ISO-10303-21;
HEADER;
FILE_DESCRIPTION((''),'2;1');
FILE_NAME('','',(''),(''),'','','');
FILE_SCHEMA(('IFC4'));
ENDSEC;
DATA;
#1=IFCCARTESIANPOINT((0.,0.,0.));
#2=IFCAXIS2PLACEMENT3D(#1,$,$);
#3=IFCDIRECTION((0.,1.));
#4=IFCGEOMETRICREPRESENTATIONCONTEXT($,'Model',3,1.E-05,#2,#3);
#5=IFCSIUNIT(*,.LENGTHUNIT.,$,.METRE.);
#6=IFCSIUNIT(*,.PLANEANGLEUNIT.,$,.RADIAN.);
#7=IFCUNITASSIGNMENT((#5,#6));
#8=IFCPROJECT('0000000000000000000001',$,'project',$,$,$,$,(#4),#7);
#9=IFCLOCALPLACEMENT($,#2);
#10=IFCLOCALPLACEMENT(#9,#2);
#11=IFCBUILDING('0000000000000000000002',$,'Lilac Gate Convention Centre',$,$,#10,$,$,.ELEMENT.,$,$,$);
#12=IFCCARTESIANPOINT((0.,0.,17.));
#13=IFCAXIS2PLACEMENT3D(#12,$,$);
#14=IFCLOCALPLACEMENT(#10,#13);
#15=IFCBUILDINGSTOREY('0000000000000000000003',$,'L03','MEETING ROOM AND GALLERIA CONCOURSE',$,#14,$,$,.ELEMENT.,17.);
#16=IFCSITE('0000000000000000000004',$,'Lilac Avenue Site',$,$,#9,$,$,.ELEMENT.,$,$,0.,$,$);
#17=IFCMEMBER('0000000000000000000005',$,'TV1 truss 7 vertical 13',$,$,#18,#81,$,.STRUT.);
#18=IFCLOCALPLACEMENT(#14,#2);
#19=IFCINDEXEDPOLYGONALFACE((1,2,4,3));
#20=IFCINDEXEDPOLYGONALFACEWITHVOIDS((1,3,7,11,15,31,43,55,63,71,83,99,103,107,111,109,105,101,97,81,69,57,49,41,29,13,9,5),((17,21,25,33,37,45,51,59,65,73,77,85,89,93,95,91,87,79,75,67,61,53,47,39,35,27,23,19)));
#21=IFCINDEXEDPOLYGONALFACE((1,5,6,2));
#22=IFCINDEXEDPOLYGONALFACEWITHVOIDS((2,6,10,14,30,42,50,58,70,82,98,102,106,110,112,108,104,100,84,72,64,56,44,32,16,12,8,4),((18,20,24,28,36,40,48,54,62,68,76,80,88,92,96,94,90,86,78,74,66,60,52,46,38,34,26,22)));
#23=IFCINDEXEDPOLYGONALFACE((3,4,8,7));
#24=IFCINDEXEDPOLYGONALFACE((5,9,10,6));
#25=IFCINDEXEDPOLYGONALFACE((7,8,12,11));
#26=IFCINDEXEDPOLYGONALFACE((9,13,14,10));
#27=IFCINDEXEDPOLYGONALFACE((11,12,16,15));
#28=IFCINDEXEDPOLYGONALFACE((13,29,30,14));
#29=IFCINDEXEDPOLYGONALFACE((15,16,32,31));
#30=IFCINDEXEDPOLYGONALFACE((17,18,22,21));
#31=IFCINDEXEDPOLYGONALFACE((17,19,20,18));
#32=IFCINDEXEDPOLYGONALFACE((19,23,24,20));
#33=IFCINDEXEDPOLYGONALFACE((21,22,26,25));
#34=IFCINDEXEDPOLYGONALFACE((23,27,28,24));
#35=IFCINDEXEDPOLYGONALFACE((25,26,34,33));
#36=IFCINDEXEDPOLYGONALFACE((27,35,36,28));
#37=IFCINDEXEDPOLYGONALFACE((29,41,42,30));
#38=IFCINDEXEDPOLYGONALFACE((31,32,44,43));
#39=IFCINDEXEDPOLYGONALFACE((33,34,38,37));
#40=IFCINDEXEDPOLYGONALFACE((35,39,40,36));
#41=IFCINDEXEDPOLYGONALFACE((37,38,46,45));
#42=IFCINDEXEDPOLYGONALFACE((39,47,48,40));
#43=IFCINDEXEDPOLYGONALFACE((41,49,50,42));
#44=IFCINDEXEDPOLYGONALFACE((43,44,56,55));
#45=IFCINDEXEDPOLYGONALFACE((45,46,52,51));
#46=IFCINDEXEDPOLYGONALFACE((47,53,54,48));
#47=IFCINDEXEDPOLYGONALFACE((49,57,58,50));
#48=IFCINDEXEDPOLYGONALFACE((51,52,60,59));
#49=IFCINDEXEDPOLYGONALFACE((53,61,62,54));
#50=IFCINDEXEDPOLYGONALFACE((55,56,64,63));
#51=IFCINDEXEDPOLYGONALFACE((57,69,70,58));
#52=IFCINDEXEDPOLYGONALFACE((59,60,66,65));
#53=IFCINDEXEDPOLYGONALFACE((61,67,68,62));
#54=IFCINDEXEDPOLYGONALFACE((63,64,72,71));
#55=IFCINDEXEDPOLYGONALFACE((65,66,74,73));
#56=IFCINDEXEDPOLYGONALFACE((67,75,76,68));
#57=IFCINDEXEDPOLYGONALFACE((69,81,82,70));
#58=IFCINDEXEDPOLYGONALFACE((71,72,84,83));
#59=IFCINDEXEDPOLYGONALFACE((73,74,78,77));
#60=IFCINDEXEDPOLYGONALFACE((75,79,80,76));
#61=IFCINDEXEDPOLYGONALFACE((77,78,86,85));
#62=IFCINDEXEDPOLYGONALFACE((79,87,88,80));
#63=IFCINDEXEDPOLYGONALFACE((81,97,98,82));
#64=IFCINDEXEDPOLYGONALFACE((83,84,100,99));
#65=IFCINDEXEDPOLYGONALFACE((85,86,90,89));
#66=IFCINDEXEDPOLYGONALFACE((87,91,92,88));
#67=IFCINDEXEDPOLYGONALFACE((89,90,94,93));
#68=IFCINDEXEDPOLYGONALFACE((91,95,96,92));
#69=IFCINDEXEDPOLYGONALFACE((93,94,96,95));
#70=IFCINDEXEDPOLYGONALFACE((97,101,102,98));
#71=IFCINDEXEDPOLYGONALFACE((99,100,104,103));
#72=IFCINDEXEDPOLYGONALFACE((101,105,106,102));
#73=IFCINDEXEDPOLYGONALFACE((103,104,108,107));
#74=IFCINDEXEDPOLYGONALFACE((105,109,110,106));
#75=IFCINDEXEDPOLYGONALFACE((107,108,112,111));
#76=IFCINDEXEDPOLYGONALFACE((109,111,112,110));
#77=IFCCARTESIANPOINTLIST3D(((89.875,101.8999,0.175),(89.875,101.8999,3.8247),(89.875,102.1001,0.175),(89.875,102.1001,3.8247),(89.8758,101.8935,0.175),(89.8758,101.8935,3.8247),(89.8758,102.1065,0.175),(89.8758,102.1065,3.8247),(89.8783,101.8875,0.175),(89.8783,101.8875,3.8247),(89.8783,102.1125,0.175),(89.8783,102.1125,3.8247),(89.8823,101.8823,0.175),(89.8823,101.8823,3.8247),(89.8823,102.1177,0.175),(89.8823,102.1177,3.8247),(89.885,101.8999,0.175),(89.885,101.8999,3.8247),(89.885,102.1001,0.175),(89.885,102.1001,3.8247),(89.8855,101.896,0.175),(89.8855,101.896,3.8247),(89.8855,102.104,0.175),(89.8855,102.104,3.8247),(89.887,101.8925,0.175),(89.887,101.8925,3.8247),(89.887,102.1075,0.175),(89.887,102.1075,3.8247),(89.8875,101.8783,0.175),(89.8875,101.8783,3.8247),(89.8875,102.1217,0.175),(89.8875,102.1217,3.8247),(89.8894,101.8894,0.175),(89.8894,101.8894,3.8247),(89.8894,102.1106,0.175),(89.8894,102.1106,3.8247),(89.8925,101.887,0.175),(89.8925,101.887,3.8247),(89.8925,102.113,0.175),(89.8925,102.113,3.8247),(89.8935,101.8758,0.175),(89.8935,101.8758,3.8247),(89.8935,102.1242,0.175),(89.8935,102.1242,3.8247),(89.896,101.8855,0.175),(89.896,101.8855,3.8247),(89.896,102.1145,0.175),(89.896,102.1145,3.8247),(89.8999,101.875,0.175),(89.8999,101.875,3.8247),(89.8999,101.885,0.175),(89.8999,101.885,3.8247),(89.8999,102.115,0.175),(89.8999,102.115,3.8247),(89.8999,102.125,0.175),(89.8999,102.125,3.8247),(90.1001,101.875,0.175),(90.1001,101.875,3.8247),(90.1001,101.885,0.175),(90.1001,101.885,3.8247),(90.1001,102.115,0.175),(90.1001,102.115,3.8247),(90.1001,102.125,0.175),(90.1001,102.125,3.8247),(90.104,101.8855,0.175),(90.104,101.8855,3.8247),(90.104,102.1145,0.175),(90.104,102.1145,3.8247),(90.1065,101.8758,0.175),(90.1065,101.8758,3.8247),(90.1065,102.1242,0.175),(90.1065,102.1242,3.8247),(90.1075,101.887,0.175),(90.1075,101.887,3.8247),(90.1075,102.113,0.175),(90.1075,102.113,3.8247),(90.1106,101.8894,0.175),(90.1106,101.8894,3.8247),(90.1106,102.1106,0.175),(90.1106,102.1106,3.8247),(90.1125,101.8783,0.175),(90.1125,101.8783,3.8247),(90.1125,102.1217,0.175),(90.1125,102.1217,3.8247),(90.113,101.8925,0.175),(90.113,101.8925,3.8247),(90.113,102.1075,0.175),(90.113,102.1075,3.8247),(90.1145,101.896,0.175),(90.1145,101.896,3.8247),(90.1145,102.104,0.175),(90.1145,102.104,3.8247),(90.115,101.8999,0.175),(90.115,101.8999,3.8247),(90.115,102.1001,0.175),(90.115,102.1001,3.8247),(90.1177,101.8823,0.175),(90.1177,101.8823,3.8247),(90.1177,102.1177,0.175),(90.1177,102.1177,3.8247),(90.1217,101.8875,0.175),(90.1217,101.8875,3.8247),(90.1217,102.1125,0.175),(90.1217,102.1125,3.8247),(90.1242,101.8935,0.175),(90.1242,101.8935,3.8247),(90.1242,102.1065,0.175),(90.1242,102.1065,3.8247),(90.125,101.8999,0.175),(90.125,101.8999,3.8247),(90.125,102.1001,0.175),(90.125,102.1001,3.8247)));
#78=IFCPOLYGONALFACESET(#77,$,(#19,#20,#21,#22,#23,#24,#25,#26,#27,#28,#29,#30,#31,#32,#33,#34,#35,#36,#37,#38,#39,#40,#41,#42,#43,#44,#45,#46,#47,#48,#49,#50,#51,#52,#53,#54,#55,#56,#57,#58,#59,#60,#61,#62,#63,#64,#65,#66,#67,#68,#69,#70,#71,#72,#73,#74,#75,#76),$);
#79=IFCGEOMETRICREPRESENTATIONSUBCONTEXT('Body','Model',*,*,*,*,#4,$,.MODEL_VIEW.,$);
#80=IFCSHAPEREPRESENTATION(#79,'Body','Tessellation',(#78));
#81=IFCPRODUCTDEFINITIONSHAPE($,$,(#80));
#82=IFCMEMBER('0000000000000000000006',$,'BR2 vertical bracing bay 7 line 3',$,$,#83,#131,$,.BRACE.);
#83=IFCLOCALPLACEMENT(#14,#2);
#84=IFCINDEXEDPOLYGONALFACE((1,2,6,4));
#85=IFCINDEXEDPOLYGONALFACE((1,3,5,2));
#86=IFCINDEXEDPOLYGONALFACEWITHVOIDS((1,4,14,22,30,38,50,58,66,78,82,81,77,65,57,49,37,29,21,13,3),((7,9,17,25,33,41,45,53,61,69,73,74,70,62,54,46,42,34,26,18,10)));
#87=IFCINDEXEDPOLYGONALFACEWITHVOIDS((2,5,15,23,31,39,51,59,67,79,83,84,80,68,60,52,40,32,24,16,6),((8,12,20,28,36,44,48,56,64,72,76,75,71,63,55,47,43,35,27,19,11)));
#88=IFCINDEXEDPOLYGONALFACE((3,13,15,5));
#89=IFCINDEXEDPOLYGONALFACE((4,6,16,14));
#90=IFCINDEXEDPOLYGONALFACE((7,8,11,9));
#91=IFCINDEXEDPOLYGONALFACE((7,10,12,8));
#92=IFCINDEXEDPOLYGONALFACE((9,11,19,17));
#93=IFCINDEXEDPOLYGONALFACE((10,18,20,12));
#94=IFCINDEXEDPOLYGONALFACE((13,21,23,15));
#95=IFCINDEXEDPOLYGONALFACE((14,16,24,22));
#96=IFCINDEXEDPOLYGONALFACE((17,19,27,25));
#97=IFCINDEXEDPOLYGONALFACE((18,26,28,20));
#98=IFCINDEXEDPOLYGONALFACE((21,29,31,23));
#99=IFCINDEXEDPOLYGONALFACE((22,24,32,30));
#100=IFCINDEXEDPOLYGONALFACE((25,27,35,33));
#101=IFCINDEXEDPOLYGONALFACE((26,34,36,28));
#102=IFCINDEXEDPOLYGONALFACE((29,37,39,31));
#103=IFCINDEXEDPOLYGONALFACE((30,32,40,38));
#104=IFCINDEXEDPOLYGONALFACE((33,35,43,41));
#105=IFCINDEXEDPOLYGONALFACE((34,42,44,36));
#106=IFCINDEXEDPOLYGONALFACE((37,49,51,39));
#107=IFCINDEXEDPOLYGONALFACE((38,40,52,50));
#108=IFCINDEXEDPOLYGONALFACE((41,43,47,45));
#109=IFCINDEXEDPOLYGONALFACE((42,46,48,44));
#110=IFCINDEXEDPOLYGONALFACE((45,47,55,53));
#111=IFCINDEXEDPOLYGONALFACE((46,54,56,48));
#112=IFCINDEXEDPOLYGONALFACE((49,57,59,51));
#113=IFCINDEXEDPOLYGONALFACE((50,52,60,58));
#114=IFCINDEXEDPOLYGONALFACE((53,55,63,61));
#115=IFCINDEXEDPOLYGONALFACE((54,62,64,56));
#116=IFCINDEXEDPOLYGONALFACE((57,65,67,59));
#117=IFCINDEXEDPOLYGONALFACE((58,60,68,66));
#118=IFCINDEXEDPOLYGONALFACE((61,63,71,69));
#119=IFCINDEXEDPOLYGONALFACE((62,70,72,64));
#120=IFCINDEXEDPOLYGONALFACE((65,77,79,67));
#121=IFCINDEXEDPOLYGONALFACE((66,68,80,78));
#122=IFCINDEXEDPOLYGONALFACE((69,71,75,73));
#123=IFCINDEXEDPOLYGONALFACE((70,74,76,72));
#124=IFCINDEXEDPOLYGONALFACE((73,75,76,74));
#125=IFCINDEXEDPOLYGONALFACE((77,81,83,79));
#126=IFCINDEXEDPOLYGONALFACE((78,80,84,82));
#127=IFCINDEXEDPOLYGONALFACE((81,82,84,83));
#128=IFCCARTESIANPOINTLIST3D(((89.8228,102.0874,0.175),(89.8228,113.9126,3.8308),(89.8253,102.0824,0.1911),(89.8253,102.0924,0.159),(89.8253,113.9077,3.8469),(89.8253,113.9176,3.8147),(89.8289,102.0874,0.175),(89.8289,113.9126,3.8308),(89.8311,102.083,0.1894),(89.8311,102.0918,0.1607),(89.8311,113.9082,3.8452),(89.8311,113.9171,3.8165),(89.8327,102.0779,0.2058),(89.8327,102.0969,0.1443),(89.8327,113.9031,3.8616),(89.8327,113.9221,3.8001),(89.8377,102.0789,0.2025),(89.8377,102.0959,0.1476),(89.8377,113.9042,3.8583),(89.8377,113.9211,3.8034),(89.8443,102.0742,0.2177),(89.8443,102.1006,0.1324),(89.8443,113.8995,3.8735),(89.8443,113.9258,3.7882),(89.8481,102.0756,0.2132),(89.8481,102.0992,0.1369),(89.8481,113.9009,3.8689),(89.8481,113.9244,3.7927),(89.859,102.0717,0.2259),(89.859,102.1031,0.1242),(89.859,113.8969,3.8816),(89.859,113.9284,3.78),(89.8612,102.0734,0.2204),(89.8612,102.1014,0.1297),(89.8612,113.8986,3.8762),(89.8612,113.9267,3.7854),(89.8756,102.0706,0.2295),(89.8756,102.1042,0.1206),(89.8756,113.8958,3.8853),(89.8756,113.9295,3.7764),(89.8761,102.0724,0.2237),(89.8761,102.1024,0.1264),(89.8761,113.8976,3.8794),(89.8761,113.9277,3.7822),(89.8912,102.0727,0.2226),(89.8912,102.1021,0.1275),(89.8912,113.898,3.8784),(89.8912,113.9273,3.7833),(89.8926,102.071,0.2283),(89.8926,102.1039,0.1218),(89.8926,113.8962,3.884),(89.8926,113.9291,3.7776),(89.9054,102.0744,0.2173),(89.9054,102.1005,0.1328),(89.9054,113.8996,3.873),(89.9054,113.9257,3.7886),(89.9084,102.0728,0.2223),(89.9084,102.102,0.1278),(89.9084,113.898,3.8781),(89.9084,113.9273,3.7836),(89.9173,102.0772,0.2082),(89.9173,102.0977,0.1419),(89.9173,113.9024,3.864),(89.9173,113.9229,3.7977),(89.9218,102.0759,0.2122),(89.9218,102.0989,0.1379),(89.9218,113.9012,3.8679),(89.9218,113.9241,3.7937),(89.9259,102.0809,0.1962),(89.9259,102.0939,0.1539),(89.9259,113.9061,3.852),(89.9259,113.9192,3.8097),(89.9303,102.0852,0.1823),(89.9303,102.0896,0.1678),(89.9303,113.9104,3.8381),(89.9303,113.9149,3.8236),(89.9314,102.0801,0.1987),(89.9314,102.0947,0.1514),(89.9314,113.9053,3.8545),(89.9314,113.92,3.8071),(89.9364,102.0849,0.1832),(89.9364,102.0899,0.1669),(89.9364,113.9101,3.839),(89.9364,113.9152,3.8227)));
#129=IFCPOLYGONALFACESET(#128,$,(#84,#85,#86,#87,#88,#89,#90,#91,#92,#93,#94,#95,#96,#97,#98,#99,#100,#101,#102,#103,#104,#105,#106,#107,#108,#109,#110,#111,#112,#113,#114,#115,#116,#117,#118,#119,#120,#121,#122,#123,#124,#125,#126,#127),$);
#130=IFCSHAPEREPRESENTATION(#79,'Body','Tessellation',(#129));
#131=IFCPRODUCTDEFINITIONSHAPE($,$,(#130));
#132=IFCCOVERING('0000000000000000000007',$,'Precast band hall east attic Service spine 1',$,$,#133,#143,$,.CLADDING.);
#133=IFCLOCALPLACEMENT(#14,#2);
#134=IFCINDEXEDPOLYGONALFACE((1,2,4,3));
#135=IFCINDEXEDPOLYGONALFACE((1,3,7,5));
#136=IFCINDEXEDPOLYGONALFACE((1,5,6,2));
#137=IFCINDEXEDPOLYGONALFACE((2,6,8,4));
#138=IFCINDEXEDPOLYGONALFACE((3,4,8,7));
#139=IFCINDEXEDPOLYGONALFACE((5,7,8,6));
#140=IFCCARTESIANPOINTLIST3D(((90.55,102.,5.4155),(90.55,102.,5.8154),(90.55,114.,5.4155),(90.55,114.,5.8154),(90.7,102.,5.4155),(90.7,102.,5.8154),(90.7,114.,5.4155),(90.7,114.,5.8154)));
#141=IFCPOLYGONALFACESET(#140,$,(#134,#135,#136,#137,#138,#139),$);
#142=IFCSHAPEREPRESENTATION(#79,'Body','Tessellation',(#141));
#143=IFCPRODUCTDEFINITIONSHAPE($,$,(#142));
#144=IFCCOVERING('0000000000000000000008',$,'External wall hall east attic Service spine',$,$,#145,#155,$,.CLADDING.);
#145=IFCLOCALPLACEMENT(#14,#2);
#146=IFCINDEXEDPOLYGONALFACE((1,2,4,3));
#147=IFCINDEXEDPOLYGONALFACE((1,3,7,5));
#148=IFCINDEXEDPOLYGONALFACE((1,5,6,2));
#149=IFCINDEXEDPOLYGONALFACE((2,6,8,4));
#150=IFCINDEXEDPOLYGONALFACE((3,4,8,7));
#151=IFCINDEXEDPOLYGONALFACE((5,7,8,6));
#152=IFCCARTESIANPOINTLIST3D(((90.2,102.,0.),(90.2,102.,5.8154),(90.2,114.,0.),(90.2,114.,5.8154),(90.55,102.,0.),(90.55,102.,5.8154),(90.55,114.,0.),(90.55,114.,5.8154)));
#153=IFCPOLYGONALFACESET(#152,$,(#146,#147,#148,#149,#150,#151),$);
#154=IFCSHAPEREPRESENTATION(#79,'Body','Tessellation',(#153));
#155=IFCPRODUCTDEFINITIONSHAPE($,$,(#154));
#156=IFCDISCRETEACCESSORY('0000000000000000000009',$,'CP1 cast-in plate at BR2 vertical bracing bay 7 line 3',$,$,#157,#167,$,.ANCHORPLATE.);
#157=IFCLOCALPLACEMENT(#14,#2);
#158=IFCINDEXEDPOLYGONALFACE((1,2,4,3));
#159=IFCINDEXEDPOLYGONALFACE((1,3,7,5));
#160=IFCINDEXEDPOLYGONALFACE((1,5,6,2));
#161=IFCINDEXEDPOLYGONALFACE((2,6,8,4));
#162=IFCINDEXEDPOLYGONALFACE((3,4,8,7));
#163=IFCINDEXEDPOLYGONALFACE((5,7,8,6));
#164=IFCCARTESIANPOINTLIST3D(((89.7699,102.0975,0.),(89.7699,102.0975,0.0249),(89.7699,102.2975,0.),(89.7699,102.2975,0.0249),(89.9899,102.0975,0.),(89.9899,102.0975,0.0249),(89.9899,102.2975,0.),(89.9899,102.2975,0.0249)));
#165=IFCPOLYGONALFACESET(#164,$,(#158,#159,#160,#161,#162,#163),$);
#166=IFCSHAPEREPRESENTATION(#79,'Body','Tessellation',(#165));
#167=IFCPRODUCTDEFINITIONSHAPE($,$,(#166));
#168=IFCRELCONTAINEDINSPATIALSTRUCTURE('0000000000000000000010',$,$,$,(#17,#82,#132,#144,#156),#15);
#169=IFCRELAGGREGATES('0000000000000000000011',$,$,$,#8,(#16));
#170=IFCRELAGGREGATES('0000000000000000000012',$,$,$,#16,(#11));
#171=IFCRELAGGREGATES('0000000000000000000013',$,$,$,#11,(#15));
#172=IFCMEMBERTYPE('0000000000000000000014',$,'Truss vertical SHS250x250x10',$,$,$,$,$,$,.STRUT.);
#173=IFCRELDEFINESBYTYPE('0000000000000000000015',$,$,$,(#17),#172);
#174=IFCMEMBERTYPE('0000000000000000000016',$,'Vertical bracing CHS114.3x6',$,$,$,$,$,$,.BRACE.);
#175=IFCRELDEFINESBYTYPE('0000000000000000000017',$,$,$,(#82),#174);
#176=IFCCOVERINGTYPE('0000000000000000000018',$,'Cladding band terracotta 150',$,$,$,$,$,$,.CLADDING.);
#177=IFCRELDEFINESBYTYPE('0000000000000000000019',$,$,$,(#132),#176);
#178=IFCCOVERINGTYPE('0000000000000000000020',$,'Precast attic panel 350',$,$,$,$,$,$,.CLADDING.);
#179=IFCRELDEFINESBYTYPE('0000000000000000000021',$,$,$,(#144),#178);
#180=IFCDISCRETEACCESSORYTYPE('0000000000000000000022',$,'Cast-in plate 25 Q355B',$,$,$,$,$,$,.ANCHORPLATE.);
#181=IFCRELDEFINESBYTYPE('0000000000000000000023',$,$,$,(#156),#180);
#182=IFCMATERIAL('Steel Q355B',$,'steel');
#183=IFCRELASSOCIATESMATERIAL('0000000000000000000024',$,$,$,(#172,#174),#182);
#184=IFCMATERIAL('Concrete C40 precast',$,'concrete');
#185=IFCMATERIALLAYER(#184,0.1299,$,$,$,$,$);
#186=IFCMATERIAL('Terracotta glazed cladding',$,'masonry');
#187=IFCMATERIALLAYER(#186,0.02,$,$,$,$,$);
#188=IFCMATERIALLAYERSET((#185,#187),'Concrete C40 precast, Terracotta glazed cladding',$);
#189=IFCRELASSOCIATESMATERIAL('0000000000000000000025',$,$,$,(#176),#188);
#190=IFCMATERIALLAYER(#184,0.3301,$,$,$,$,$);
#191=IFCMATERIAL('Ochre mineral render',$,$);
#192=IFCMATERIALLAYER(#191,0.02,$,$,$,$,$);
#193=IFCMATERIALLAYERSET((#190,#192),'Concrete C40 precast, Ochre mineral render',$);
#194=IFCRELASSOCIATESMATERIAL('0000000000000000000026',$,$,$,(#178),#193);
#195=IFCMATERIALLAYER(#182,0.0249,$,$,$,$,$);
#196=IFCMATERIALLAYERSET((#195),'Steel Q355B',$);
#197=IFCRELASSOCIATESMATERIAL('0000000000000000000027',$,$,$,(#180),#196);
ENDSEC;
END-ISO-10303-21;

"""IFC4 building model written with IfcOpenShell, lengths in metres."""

from ifc_helpers import new_model, si_unit, direction, frame, frame_2d, origin, origin_2d, place, context, subcontext, project, spatial, rectangle, hollow_rectangle, hollow_circle, extrude, material, layer, layer_set, material_profile, profile_set, type_object, element, save


model = new_model("IFC4")

# Units and contexts
model_context = context("Model", 3, precision=1e-05, world=origin(), true_north=direction((0.0, 1.0)))
body_context = subcontext(model_context, "Body", "Model", "MODEL_VIEW")
ifc_project = project(units=[si_unit("LENGTHUNIT", "METRE"), si_unit("PLANEANGLEUNIT", "RADIAN")], contexts=[model_context])

# Site, building, storey
site_placement = place(None, origin())
site = spatial("IfcSite", under=ifc_project, at=site_placement, Name="Lilac Avenue Site", CompositionType="ELEMENT", RefElevation=0.0)
building_placement = place(site_placement, origin())
building = spatial("IfcBuilding", under=site, at=building_placement, Name="Lilac Gate Convention Centre", CompositionType="ELEMENT")
storey_placement = place(building_placement, frame((0.0, 0.0, 17.0)))
storey = spatial("IfcBuildingStorey", under=building, at=storey_placement, Name="L03", Description="MEETING ROOM AND GALLERIA CONCOURSE", CompositionType="ELEMENT", Elevation=17.0)

# Members
ifc_material_1 = material(Name="Steel Q355B", Category="steel")
ifc_material_profile_1 = material_profile(ifc_material_1, hollow_rectangle(XDim=0.25, YDim=0.25, WallThickness=0.01, InnerFilletRadius=0.0149, OuterFilletRadius=0.0249, at=origin_2d()), Name="SHS250x250x10")
ifc_profile_set_1 = profile_set([ifc_material_profile_1], Name="Steel Q355B")
member_type_1 = type_object("IfcMemberType", Name="Truss vertical SHS250x250x10", PredefinedType="STRUT", material=ifc_profile_set_1)
member_1_placement = place(storey_placement, frame((90.0, 102.0, 0.175), z_axis=(0.0, 0.0, 1.0), x_axis=(1.0, 0.0, 0.0)))
element("IfcMember", 1, at=member_1_placement, inside=storey, type_object=member_type_1, Name="TV1 truss 7 vertical 13", PredefinedType="STRUT", context=body_context, shape_type="SweptSolid", body=[
    extrude(hollow_rectangle(XDim=0.25, YDim=0.25, WallThickness=0.01, InnerFilletRadius=0.0149, OuterFilletRadius=0.0249, at=origin_2d()), origin(), (0.0, 0.0, 1.0), 3.6497),
])
ifc_material_profile_2 = material_profile(ifc_material_1, hollow_circle(Radius=0.0571, WallThickness=0.0061, at=origin_2d()), Name="CHS114.3x6")
ifc_profile_set_2 = profile_set([ifc_material_profile_2], Name="Steel Q355B")
member_type_2 = type_object("IfcMemberType", Name="Vertical bracing CHS114.3x6", PredefinedType="BRACE", material=ifc_profile_set_2)
member_2_placement = place(storey_placement, frame((89.8799, 102.0874, 0.175), z_axis=(0.0, 0.955387, 0.295358), x_axis=(-1.0, 0.0, 0.0)))
element("IfcMember", 2, at=member_2_placement, inside=storey, type_object=member_type_2, Name="BR2 vertical bracing bay 7 line 3", PredefinedType="BRACE", context=body_context, shape_type="SweptSolid", body=[
    extrude(hollow_circle(Radius=0.0571, WallThickness=0.0061, at=origin_2d()), origin(), (0.0, 0.0, 1.0), 12.3774),
])

# Coverings
ifc_material_2 = material(Name="Concrete C40 precast", Category="concrete")
ifc_layer_1 = layer(ifc_material_2, 0.1299)
ifc_material_3 = material(Name="Terracotta glazed cladding", Category="masonry")
ifc_layer_2 = layer(ifc_material_3, 0.02)
ifc_layer_set_1 = layer_set([ifc_layer_1, ifc_layer_2], Name="Concrete C40 precast, Terracotta glazed cladding")
covering_type_1 = type_object("IfcCoveringType", Name="Cladding band terracotta 150", PredefinedType="CLADDING", material=ifc_layer_set_1)
covering_1_placement = place(storey_placement, frame((90.625, 102.0, 5.4155), z_axis=(0.0, 0.0, 1.0), x_axis=(0.0, 1.0, 0.0)))
element("IfcCovering", 3, at=covering_1_placement, inside=storey, type_object=covering_type_1, Name="Precast band hall east attic Service spine 1", PredefinedType="CLADDING", context=body_context, shape_type="SweptSolid", body=[
    extrude(rectangle(XDim=12.0, YDim=0.1499, at=frame_2d((6.0, 0.0))), origin(), (0.0, 0.0, 1.0), 0.3999),
])
ifc_layer_3 = layer(ifc_material_2, 0.3301)
ifc_material_4 = material(Name="Ochre mineral render")
ifc_layer_4 = layer(ifc_material_4, 0.02)
ifc_layer_set_2 = layer_set([ifc_layer_3, ifc_layer_4], Name="Concrete C40 precast, Ochre mineral render")
covering_type_2 = type_object("IfcCoveringType", Name="Precast attic panel 350", PredefinedType="CLADDING", material=ifc_layer_set_2)
covering_2_placement = place(storey_placement, frame((90.375, 102.0, 0.0), z_axis=(0.0, 0.0, 1.0), x_axis=(0.0, 1.0, 0.0)))
element("IfcCovering", 4, at=covering_2_placement, inside=storey, type_object=covering_type_2, Name="External wall hall east attic Service spine", PredefinedType="CLADDING", context=body_context, shape_type="SweptSolid", body=[
    extrude(rectangle(XDim=12.0, YDim=0.3501, at=frame_2d((6.0, 0.0))), origin(), (0.0, 0.0, 1.0), 5.8154),
])

# Discrete accessory
ifc_layer_5 = layer(ifc_material_1, 0.0249)
ifc_layer_set_3 = layer_set([ifc_layer_5], Name="Steel Q355B")
discrete_accessory_type = type_object("IfcDiscreteAccessoryType", Name="Cast-in plate 25 Q355B", PredefinedType="ANCHORPLATE", material=ifc_layer_set_3)
discrete_accessory_placement = place(storey_placement, frame((89.8799, 102.1975, 0.0), z_axis=(0.0, 0.0, 1.0), x_axis=(0.0, 1.0, 0.0)))
element("IfcDiscreteAccessory", 5, at=discrete_accessory_placement, inside=storey, type_object=discrete_accessory_type, Name="CP1 cast-in plate at BR2 vertical bracing bay 7 line 3", PredefinedType="ANCHORPLATE", context=body_context, shape_type="SweptSolid", body=[
    extrude(rectangle(XDim=0.2, YDim=0.22, at=origin_2d()), origin(), (0.0, 0.0, 1.0), 0.0249),
])

save(model, "model.ifc")
